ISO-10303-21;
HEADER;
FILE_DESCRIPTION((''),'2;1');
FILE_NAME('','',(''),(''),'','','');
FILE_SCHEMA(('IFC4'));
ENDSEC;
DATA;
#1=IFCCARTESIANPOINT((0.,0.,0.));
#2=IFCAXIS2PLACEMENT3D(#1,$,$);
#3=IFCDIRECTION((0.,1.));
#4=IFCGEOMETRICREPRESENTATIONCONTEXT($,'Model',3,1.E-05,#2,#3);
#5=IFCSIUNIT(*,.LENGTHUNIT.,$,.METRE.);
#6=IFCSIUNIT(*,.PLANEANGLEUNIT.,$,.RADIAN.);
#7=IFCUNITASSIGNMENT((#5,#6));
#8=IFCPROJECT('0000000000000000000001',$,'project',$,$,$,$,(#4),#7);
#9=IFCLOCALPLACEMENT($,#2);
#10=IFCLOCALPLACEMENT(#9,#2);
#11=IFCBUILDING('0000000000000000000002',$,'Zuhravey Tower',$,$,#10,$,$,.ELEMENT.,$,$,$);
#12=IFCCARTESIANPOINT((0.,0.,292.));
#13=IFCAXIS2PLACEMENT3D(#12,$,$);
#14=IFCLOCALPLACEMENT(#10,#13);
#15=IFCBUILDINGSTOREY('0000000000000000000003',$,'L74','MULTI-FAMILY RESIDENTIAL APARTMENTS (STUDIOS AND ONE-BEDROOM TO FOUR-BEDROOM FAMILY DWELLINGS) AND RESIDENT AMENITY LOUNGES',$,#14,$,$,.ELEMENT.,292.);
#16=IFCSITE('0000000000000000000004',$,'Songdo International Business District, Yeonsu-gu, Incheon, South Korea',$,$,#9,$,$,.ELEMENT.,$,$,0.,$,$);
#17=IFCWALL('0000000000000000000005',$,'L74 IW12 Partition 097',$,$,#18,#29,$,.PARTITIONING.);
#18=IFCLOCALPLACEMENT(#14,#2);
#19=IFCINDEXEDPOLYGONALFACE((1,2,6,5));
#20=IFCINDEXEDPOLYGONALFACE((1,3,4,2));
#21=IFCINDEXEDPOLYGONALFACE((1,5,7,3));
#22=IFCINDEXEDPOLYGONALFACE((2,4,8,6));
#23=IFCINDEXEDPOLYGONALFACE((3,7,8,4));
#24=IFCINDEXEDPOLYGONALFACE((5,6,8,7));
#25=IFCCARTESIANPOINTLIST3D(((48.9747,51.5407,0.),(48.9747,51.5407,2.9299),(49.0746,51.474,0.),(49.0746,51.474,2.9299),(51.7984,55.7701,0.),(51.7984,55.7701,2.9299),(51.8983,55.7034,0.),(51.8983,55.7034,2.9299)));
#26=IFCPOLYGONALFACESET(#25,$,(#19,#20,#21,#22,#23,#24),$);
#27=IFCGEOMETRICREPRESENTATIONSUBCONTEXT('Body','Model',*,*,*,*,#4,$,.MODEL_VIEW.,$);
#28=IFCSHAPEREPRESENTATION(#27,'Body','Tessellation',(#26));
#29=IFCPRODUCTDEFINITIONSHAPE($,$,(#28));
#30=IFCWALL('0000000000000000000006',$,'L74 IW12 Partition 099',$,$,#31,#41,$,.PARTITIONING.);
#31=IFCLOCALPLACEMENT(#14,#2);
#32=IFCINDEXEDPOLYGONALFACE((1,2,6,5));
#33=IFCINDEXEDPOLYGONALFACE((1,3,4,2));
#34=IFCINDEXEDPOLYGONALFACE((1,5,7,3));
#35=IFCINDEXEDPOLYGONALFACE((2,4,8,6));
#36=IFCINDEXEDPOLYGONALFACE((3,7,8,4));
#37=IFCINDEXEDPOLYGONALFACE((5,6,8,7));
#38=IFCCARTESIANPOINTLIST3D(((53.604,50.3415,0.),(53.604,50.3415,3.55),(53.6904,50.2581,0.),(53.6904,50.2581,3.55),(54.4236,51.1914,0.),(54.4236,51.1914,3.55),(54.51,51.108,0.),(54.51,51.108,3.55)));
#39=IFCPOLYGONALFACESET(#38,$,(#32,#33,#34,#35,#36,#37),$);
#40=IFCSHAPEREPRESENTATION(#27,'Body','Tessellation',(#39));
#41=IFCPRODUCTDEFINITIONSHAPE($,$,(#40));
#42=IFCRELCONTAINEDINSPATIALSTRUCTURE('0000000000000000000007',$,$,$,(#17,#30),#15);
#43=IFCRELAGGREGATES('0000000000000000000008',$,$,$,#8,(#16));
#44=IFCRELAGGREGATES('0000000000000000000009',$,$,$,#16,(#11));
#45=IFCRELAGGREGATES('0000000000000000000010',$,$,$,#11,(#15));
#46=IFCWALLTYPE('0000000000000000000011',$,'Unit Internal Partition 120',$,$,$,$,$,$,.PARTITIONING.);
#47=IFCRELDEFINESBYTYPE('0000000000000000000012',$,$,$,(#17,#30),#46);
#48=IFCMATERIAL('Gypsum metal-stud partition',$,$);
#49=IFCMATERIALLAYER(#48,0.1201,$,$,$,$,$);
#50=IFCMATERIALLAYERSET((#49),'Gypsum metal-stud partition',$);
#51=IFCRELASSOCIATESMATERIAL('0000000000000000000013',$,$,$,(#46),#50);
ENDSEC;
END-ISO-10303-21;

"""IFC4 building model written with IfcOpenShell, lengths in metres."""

from ifc_helpers import new_model, si_unit, direction, frame, frame_2d, origin, place, context, subcontext, project, spatial, rectangle, extrude, material, layer, layer_set, type_object, element, save


model = new_model("IFC4")

# Units and contexts
model_context = context("Model", 3, precision=1e-05, world=origin(), true_north=direction((0.0, 1.0)))
body_context = subcontext(model_context, "Body", "Model", "MODEL_VIEW")
ifc_project = project(units=[si_unit("LENGTHUNIT", "METRE"), si_unit("PLANEANGLEUNIT", "RADIAN")], contexts=[model_context])

# Site, building, storey
site_placement = place(None, origin())
site = spatial("IfcSite", under=ifc_project, at=site_placement, Name="Songdo International Business District, Yeonsu-gu, Incheon, South Korea", CompositionType="ELEMENT", RefElevation=0.0)
building_placement = place(site_placement, origin())
building = spatial("IfcBuilding", under=site, at=building_placement, Name="Zuhravey Tower", CompositionType="ELEMENT")
storey_placement = place(building_placement, frame((0.0, 0.0, 292.0)))
storey = spatial("IfcBuildingStorey", under=building, at=storey_placement, Name="L74", Description="MULTI-FAMILY RESIDENTIAL APARTMENTS (STUDIOS AND ONE-BEDROOM TO FOUR-BEDROOM FAMILY DWELLINGS) AND RESIDENT AMENITY LOUNGES", CompositionType="ELEMENT", Elevation=292.0)

# Shared definitions
ifc_material_1 = material(Name="Gypsum metal-stud partition")
ifc_layer_1 = layer(ifc_material_1, 0.1201)
ifc_layer_set_1 = layer_set([ifc_layer_1], Name="Gypsum metal-stud partition")
wall_type = type_object("IfcWallType", Name="Unit Internal Partition 120", PredefinedType="PARTITIONING", material=ifc_layer_set_1)

# Walls
wall_1_placement = place(storey_placement, frame((49.0247, 51.5073, 0.0), z_axis=(0.0, 0.0, 1.0), x_axis=(0.555254, 0.831681, 0.0)))
element("IfcWall", 1, at=wall_1_placement, inside=storey, type_object=wall_type, Name="L74 IW12 Partition 097", PredefinedType="PARTITIONING", context=body_context, shape_type="SweptSolid", body=[
    extrude(rectangle(XDim=5.0854, YDim=0.1201, at=frame_2d((2.5427, 0.0))), origin(), (0.0, 0.0, 1.0), 2.9299),
])
wall_2_placement = place(storey_placement, frame((53.6472, 50.2998, 0.0), z_axis=(0.0, 0.0, 1.0), x_axis=(0.69417, 0.719811, 0.0)))
element("IfcWall", 2, at=wall_2_placement, inside=storey, type_object=wall_type, Name="L74 IW12 Partition 099", PredefinedType="PARTITIONING", context=body_context, shape_type="SweptSolid", body=[
    extrude(rectangle(XDim=1.1807, YDim=0.1201, at=frame_2d((0.5903, 0.0))), origin(), (0.0, 0.0, 1.0), 3.55),
])

save(model, "model.ifc")
